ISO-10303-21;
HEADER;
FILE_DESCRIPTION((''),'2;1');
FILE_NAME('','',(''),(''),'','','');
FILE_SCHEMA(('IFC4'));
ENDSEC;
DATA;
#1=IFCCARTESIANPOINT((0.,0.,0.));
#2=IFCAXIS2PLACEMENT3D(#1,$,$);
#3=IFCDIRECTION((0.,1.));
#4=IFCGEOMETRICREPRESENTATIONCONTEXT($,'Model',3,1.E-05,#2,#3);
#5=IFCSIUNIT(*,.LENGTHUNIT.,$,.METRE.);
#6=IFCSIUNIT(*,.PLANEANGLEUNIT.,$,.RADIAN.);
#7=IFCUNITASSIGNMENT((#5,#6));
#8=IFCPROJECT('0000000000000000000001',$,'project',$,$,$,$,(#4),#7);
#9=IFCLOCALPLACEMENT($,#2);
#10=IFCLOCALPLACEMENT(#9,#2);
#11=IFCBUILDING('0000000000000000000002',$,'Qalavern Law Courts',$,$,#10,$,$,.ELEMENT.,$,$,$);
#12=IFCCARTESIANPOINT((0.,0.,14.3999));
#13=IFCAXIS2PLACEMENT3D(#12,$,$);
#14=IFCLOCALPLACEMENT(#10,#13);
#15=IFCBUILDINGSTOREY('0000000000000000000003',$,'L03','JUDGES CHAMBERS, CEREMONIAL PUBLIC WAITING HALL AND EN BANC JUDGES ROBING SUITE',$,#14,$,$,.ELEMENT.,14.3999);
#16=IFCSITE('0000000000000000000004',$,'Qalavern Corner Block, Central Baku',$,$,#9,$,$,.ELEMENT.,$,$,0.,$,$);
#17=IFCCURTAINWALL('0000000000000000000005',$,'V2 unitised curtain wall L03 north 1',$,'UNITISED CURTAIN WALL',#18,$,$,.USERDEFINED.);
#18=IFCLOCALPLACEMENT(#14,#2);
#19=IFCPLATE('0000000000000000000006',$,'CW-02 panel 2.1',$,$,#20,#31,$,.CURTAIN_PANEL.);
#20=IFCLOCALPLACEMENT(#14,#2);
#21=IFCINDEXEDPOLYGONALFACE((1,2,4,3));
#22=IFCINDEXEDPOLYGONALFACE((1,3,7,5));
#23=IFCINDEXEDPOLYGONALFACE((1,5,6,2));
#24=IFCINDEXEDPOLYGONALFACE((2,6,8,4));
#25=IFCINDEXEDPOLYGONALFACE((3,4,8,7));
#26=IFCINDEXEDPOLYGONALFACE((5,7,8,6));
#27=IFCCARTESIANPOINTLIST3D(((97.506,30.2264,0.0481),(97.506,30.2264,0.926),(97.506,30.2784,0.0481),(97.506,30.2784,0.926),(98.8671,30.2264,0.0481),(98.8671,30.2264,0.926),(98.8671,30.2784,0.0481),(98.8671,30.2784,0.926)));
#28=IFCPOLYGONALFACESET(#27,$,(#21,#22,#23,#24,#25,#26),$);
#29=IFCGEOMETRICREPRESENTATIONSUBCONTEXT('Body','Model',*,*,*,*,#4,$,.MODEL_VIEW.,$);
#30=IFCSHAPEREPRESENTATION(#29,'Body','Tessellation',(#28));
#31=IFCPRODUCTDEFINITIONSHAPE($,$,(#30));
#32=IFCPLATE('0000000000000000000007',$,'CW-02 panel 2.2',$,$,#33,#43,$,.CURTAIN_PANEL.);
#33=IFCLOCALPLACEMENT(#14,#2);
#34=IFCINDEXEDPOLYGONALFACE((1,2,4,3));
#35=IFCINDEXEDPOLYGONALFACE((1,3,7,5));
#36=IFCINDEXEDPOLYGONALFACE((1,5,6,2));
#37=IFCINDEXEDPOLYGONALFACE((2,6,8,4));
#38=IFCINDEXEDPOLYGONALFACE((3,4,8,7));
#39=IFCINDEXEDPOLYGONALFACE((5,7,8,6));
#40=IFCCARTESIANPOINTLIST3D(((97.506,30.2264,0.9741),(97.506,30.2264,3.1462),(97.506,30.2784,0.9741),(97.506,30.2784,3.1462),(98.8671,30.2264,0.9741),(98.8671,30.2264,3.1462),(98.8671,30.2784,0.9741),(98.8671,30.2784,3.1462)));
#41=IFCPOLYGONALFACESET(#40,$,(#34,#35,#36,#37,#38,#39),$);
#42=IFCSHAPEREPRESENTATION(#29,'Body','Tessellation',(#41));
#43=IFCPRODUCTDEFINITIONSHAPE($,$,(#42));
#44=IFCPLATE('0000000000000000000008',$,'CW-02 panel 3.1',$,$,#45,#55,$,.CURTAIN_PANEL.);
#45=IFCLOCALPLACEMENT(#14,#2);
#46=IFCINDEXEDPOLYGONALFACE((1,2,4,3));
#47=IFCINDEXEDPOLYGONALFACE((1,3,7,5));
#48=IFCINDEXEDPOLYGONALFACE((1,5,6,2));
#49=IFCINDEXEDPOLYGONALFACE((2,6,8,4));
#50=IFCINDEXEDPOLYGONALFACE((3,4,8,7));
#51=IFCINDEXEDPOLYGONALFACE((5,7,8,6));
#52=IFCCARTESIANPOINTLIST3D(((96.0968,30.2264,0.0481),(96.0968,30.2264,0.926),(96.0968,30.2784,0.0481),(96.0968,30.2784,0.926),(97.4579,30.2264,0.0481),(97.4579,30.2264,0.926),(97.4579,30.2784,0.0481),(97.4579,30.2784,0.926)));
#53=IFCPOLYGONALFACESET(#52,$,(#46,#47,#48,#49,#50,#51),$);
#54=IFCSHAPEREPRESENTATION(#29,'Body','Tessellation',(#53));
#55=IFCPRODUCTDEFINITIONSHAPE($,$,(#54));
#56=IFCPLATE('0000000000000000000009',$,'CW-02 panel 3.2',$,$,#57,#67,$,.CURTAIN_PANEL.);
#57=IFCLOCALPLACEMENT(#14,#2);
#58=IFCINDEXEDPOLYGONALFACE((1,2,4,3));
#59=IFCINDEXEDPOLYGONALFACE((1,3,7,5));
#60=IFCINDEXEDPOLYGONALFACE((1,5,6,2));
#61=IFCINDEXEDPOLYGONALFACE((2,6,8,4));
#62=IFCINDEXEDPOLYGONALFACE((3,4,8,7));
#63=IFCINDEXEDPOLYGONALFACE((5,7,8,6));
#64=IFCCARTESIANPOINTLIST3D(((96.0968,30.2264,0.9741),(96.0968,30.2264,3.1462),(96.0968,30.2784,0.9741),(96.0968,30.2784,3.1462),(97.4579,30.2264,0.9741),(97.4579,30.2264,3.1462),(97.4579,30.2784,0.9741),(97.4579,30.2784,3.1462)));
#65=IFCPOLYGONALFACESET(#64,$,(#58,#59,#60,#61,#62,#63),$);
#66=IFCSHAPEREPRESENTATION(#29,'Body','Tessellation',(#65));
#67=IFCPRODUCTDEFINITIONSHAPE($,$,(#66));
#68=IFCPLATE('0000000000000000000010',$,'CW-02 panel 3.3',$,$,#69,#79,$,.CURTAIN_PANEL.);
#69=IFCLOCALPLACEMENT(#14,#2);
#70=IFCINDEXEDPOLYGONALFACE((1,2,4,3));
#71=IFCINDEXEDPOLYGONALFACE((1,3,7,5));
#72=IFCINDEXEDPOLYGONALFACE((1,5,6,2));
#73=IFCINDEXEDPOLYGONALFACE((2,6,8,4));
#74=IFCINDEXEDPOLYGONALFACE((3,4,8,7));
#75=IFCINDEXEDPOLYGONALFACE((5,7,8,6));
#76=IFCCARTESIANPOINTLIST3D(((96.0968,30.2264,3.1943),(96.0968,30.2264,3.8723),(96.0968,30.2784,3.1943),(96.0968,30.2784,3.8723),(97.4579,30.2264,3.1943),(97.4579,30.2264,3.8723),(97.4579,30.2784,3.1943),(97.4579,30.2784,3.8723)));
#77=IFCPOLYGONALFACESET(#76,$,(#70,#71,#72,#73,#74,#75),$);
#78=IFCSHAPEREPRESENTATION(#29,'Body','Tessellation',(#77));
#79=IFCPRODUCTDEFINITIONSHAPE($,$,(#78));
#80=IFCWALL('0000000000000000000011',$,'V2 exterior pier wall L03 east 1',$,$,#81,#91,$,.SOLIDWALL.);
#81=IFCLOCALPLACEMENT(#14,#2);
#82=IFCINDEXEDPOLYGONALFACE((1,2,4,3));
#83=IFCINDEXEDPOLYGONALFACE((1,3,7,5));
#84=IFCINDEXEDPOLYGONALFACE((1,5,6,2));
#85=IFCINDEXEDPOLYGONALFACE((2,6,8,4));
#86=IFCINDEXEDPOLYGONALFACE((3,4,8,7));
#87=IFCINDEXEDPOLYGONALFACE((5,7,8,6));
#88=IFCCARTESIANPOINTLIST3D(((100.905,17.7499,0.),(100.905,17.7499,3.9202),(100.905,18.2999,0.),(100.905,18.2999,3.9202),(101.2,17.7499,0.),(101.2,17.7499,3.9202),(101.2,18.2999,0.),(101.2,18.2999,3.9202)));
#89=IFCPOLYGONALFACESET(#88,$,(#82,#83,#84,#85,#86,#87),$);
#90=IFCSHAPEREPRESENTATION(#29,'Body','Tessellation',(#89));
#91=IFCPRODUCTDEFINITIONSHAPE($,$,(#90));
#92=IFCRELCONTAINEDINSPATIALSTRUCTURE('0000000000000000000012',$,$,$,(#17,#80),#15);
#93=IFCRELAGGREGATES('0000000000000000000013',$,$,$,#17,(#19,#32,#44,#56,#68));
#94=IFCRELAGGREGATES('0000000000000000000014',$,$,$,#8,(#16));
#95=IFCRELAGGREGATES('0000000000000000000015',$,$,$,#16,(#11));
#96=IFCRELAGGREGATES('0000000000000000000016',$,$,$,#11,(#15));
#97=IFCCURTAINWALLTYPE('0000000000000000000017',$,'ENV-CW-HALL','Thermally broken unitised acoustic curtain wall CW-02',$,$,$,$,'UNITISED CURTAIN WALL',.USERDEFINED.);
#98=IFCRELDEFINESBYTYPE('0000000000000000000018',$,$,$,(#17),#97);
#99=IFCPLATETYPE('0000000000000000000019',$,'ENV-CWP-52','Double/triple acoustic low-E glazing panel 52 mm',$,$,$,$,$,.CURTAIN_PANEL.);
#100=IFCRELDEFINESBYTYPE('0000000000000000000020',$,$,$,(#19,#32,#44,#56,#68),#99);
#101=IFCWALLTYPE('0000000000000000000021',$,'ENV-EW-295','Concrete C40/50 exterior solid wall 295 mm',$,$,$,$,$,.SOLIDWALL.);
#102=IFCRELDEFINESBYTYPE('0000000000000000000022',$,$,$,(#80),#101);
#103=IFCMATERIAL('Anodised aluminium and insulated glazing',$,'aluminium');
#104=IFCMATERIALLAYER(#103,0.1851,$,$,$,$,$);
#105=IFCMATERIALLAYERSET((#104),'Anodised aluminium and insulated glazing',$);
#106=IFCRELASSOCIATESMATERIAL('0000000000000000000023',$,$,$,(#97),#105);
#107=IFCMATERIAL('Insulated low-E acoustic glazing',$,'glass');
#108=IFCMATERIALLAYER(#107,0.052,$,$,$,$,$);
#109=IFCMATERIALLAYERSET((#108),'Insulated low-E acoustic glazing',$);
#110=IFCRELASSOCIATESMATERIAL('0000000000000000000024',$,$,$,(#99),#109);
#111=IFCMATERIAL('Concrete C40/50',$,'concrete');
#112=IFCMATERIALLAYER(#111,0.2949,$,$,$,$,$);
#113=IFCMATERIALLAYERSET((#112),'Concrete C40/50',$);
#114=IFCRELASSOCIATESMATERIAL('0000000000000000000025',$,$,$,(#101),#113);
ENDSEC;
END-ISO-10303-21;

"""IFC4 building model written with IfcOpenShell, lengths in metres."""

from ifc_helpers import new_model, si_unit, direction, frame, frame_2d, origin, origin_2d, place, context, subcontext, project, spatial, rectangle, extrude, material, layer, layer_set, type_object, element, aggregate, save


model = new_model("IFC4")

# Units and contexts
model_context = context("Model", 3, precision=1e-05, world=origin(), true_north=direction((0.0, 1.0)))
body_context = subcontext(model_context, "Body", "Model", "MODEL_VIEW")
ifc_project = project(units=[si_unit("LENGTHUNIT", "METRE"), si_unit("PLANEANGLEUNIT", "RADIAN")], contexts=[model_context])

# Site, building, storey
site_placement = place(None, origin())
site = spatial("IfcSite", under=ifc_project, at=site_placement, Name="Qalavern Corner Block, Central Baku", CompositionType="ELEMENT", RefElevation=0.0)
building_placement = place(site_placement, origin())
building = spatial("IfcBuilding", under=site, at=building_placement, Name="Qalavern Law Courts", CompositionType="ELEMENT")
storey_placement = place(building_placement, frame((0.0, 0.0, 14.3999)))
storey = spatial("IfcBuildingStorey", under=building, at=storey_placement, Name="L03", Description="JUDGES CHAMBERS, CEREMONIAL PUBLIC WAITING HALL AND EN BANC JUDGES ROBING SUITE", CompositionType="ELEMENT", Elevation=14.3999)

# Curtain wall
ifc_material_1 = material(Name="Anodised aluminium and insulated glazing", Category="aluminium")
ifc_layer_1 = layer(ifc_material_1, 0.1851)
ifc_layer_set_1 = layer_set([ifc_layer_1], Name="Anodised aluminium and insulated glazing")
curtain_wall_type = type_object("IfcCurtainWallType", Name="ENV-CW-HALL", Description="Thermally broken unitised acoustic curtain wall CW-02", ElementType="UNITISED CURTAIN WALL", PredefinedType="USERDEFINED", material=ifc_layer_set_1)
curtain_wall_1_placement = place(storey_placement, origin())
curtain_wall_1 = element("IfcCurtainWall", 1, at=curtain_wall_1_placement, inside=storey, type_object=curtain_wall_type, Name="V2 unitised curtain wall L03 north 1", ObjectType="UNITISED CURTAIN WALL", PredefinedType="USERDEFINED")

# Plates
ifc_material_2 = material(Name="Insulated low-E acoustic glazing", Category="glass")
ifc_layer_2 = layer(ifc_material_2, 0.052)
ifc_layer_set_2 = layer_set([ifc_layer_2], Name="Insulated low-E acoustic glazing")
plate_type_1 = type_object("IfcPlateType", Name="ENV-CWP-52", Description="Double/triple acoustic low-E glazing panel 52 mm", PredefinedType="CURTAIN_PANEL", material=ifc_layer_set_2)
plate_1_placement = place(storey_placement, frame((98.1865, 30.2524, 0.0481), z_axis=(0.0, 0.0, 1.0), x_axis=(-1.0, 0.0, 0.0)))
plate_1 = element("IfcPlate", 2, at=plate_1_placement, type_object=plate_type_1, Name="CW-02 panel 2.1", PredefinedType="CURTAIN_PANEL", context=body_context, shape_type="SweptSolid", body=[
    extrude(rectangle(XDim=1.3611, YDim=0.052, at=origin_2d()), origin(), (0.0, 0.0, 1.0), 0.8779),
])
plate_2_placement = place(storey_placement, frame((98.1865, 30.2524, 0.9741), z_axis=(0.0, 0.0, 1.0), x_axis=(-1.0, 0.0, 0.0)))
plate_2 = element("IfcPlate", 3, at=plate_2_placement, type_object=plate_type_1, Name="CW-02 panel 2.2", PredefinedType="CURTAIN_PANEL", context=body_context, shape_type="SweptSolid", body=[
    extrude(rectangle(XDim=1.3611, YDim=0.052, at=origin_2d()), origin(), (0.0, 0.0, 1.0), 2.1721),
])
plate_3_placement = place(storey_placement, frame((96.7773, 30.2524, 0.0481), z_axis=(0.0, 0.0, 1.0), x_axis=(-1.0, 0.0, 0.0)))
plate_3 = element("IfcPlate", 4, at=plate_3_placement, type_object=plate_type_1, Name="CW-02 panel 3.1", PredefinedType="CURTAIN_PANEL", context=body_context, shape_type="SweptSolid", body=[
    extrude(rectangle(XDim=1.3611, YDim=0.052, at=origin_2d()), origin(), (0.0, 0.0, 1.0), 0.8779),
])
plate_4_placement = place(storey_placement, frame((96.7773, 30.2524, 0.9741), z_axis=(0.0, 0.0, 1.0), x_axis=(-1.0, 0.0, 0.0)))
plate_4 = element("IfcPlate", 5, at=plate_4_placement, type_object=plate_type_1, Name="CW-02 panel 3.2", PredefinedType="CURTAIN_PANEL", context=body_context, shape_type="SweptSolid", body=[
    extrude(rectangle(XDim=1.3611, YDim=0.052, at=origin_2d()), origin(), (0.0, 0.0, 1.0), 2.1721),
])
plate_5_placement = place(storey_placement, frame((96.7773, 30.2524, 3.1943), z_axis=(0.0, 0.0, 1.0), x_axis=(-1.0, 0.0, 0.0)))
plate_5 = element("IfcPlate", 6, at=plate_5_placement, type_object=plate_type_1, Name="CW-02 panel 3.3", PredefinedType="CURTAIN_PANEL", context=body_context, shape_type="SweptSolid", body=[
    extrude(rectangle(XDim=1.3611, YDim=0.052, at=origin_2d()), origin(), (0.0, 0.0, 1.0), 0.678),
])
aggregate(curtain_wall_1, [plate_1, plate_2, plate_3, plate_4, plate_5])

# Wall
ifc_material_3 = material(Name="Concrete C40/50", Category="concrete")
ifc_layer_3 = layer(ifc_material_3, 0.2949)
ifc_layer_set_3 = layer_set([ifc_layer_3], Name="Concrete C40/50")
wall_type = type_object("IfcWallType", Name="ENV-EW-295", Description="Concrete C40/50 exterior solid wall 295 mm", PredefinedType="SOLIDWALL", material=ifc_layer_set_3)
wall_placement = place(storey_placement, frame((101.0525, 17.75, 0.0), z_axis=(0.0, 0.0, 1.0), x_axis=(0.0, 1.0, 0.0)))
element("IfcWall", 7, at=wall_placement, inside=storey, type_object=wall_type, Name="V2 exterior pier wall L03 east 1", PredefinedType="SOLIDWALL", context=body_context, shape_type="SweptSolid", body=[
    extrude(rectangle(XDim=0.55, YDim=0.2949, at=frame_2d((0.2749, 0.0))), origin(), (0.0, 0.0, 1.0), 3.9202),
])

save(model, "model.ifc")
